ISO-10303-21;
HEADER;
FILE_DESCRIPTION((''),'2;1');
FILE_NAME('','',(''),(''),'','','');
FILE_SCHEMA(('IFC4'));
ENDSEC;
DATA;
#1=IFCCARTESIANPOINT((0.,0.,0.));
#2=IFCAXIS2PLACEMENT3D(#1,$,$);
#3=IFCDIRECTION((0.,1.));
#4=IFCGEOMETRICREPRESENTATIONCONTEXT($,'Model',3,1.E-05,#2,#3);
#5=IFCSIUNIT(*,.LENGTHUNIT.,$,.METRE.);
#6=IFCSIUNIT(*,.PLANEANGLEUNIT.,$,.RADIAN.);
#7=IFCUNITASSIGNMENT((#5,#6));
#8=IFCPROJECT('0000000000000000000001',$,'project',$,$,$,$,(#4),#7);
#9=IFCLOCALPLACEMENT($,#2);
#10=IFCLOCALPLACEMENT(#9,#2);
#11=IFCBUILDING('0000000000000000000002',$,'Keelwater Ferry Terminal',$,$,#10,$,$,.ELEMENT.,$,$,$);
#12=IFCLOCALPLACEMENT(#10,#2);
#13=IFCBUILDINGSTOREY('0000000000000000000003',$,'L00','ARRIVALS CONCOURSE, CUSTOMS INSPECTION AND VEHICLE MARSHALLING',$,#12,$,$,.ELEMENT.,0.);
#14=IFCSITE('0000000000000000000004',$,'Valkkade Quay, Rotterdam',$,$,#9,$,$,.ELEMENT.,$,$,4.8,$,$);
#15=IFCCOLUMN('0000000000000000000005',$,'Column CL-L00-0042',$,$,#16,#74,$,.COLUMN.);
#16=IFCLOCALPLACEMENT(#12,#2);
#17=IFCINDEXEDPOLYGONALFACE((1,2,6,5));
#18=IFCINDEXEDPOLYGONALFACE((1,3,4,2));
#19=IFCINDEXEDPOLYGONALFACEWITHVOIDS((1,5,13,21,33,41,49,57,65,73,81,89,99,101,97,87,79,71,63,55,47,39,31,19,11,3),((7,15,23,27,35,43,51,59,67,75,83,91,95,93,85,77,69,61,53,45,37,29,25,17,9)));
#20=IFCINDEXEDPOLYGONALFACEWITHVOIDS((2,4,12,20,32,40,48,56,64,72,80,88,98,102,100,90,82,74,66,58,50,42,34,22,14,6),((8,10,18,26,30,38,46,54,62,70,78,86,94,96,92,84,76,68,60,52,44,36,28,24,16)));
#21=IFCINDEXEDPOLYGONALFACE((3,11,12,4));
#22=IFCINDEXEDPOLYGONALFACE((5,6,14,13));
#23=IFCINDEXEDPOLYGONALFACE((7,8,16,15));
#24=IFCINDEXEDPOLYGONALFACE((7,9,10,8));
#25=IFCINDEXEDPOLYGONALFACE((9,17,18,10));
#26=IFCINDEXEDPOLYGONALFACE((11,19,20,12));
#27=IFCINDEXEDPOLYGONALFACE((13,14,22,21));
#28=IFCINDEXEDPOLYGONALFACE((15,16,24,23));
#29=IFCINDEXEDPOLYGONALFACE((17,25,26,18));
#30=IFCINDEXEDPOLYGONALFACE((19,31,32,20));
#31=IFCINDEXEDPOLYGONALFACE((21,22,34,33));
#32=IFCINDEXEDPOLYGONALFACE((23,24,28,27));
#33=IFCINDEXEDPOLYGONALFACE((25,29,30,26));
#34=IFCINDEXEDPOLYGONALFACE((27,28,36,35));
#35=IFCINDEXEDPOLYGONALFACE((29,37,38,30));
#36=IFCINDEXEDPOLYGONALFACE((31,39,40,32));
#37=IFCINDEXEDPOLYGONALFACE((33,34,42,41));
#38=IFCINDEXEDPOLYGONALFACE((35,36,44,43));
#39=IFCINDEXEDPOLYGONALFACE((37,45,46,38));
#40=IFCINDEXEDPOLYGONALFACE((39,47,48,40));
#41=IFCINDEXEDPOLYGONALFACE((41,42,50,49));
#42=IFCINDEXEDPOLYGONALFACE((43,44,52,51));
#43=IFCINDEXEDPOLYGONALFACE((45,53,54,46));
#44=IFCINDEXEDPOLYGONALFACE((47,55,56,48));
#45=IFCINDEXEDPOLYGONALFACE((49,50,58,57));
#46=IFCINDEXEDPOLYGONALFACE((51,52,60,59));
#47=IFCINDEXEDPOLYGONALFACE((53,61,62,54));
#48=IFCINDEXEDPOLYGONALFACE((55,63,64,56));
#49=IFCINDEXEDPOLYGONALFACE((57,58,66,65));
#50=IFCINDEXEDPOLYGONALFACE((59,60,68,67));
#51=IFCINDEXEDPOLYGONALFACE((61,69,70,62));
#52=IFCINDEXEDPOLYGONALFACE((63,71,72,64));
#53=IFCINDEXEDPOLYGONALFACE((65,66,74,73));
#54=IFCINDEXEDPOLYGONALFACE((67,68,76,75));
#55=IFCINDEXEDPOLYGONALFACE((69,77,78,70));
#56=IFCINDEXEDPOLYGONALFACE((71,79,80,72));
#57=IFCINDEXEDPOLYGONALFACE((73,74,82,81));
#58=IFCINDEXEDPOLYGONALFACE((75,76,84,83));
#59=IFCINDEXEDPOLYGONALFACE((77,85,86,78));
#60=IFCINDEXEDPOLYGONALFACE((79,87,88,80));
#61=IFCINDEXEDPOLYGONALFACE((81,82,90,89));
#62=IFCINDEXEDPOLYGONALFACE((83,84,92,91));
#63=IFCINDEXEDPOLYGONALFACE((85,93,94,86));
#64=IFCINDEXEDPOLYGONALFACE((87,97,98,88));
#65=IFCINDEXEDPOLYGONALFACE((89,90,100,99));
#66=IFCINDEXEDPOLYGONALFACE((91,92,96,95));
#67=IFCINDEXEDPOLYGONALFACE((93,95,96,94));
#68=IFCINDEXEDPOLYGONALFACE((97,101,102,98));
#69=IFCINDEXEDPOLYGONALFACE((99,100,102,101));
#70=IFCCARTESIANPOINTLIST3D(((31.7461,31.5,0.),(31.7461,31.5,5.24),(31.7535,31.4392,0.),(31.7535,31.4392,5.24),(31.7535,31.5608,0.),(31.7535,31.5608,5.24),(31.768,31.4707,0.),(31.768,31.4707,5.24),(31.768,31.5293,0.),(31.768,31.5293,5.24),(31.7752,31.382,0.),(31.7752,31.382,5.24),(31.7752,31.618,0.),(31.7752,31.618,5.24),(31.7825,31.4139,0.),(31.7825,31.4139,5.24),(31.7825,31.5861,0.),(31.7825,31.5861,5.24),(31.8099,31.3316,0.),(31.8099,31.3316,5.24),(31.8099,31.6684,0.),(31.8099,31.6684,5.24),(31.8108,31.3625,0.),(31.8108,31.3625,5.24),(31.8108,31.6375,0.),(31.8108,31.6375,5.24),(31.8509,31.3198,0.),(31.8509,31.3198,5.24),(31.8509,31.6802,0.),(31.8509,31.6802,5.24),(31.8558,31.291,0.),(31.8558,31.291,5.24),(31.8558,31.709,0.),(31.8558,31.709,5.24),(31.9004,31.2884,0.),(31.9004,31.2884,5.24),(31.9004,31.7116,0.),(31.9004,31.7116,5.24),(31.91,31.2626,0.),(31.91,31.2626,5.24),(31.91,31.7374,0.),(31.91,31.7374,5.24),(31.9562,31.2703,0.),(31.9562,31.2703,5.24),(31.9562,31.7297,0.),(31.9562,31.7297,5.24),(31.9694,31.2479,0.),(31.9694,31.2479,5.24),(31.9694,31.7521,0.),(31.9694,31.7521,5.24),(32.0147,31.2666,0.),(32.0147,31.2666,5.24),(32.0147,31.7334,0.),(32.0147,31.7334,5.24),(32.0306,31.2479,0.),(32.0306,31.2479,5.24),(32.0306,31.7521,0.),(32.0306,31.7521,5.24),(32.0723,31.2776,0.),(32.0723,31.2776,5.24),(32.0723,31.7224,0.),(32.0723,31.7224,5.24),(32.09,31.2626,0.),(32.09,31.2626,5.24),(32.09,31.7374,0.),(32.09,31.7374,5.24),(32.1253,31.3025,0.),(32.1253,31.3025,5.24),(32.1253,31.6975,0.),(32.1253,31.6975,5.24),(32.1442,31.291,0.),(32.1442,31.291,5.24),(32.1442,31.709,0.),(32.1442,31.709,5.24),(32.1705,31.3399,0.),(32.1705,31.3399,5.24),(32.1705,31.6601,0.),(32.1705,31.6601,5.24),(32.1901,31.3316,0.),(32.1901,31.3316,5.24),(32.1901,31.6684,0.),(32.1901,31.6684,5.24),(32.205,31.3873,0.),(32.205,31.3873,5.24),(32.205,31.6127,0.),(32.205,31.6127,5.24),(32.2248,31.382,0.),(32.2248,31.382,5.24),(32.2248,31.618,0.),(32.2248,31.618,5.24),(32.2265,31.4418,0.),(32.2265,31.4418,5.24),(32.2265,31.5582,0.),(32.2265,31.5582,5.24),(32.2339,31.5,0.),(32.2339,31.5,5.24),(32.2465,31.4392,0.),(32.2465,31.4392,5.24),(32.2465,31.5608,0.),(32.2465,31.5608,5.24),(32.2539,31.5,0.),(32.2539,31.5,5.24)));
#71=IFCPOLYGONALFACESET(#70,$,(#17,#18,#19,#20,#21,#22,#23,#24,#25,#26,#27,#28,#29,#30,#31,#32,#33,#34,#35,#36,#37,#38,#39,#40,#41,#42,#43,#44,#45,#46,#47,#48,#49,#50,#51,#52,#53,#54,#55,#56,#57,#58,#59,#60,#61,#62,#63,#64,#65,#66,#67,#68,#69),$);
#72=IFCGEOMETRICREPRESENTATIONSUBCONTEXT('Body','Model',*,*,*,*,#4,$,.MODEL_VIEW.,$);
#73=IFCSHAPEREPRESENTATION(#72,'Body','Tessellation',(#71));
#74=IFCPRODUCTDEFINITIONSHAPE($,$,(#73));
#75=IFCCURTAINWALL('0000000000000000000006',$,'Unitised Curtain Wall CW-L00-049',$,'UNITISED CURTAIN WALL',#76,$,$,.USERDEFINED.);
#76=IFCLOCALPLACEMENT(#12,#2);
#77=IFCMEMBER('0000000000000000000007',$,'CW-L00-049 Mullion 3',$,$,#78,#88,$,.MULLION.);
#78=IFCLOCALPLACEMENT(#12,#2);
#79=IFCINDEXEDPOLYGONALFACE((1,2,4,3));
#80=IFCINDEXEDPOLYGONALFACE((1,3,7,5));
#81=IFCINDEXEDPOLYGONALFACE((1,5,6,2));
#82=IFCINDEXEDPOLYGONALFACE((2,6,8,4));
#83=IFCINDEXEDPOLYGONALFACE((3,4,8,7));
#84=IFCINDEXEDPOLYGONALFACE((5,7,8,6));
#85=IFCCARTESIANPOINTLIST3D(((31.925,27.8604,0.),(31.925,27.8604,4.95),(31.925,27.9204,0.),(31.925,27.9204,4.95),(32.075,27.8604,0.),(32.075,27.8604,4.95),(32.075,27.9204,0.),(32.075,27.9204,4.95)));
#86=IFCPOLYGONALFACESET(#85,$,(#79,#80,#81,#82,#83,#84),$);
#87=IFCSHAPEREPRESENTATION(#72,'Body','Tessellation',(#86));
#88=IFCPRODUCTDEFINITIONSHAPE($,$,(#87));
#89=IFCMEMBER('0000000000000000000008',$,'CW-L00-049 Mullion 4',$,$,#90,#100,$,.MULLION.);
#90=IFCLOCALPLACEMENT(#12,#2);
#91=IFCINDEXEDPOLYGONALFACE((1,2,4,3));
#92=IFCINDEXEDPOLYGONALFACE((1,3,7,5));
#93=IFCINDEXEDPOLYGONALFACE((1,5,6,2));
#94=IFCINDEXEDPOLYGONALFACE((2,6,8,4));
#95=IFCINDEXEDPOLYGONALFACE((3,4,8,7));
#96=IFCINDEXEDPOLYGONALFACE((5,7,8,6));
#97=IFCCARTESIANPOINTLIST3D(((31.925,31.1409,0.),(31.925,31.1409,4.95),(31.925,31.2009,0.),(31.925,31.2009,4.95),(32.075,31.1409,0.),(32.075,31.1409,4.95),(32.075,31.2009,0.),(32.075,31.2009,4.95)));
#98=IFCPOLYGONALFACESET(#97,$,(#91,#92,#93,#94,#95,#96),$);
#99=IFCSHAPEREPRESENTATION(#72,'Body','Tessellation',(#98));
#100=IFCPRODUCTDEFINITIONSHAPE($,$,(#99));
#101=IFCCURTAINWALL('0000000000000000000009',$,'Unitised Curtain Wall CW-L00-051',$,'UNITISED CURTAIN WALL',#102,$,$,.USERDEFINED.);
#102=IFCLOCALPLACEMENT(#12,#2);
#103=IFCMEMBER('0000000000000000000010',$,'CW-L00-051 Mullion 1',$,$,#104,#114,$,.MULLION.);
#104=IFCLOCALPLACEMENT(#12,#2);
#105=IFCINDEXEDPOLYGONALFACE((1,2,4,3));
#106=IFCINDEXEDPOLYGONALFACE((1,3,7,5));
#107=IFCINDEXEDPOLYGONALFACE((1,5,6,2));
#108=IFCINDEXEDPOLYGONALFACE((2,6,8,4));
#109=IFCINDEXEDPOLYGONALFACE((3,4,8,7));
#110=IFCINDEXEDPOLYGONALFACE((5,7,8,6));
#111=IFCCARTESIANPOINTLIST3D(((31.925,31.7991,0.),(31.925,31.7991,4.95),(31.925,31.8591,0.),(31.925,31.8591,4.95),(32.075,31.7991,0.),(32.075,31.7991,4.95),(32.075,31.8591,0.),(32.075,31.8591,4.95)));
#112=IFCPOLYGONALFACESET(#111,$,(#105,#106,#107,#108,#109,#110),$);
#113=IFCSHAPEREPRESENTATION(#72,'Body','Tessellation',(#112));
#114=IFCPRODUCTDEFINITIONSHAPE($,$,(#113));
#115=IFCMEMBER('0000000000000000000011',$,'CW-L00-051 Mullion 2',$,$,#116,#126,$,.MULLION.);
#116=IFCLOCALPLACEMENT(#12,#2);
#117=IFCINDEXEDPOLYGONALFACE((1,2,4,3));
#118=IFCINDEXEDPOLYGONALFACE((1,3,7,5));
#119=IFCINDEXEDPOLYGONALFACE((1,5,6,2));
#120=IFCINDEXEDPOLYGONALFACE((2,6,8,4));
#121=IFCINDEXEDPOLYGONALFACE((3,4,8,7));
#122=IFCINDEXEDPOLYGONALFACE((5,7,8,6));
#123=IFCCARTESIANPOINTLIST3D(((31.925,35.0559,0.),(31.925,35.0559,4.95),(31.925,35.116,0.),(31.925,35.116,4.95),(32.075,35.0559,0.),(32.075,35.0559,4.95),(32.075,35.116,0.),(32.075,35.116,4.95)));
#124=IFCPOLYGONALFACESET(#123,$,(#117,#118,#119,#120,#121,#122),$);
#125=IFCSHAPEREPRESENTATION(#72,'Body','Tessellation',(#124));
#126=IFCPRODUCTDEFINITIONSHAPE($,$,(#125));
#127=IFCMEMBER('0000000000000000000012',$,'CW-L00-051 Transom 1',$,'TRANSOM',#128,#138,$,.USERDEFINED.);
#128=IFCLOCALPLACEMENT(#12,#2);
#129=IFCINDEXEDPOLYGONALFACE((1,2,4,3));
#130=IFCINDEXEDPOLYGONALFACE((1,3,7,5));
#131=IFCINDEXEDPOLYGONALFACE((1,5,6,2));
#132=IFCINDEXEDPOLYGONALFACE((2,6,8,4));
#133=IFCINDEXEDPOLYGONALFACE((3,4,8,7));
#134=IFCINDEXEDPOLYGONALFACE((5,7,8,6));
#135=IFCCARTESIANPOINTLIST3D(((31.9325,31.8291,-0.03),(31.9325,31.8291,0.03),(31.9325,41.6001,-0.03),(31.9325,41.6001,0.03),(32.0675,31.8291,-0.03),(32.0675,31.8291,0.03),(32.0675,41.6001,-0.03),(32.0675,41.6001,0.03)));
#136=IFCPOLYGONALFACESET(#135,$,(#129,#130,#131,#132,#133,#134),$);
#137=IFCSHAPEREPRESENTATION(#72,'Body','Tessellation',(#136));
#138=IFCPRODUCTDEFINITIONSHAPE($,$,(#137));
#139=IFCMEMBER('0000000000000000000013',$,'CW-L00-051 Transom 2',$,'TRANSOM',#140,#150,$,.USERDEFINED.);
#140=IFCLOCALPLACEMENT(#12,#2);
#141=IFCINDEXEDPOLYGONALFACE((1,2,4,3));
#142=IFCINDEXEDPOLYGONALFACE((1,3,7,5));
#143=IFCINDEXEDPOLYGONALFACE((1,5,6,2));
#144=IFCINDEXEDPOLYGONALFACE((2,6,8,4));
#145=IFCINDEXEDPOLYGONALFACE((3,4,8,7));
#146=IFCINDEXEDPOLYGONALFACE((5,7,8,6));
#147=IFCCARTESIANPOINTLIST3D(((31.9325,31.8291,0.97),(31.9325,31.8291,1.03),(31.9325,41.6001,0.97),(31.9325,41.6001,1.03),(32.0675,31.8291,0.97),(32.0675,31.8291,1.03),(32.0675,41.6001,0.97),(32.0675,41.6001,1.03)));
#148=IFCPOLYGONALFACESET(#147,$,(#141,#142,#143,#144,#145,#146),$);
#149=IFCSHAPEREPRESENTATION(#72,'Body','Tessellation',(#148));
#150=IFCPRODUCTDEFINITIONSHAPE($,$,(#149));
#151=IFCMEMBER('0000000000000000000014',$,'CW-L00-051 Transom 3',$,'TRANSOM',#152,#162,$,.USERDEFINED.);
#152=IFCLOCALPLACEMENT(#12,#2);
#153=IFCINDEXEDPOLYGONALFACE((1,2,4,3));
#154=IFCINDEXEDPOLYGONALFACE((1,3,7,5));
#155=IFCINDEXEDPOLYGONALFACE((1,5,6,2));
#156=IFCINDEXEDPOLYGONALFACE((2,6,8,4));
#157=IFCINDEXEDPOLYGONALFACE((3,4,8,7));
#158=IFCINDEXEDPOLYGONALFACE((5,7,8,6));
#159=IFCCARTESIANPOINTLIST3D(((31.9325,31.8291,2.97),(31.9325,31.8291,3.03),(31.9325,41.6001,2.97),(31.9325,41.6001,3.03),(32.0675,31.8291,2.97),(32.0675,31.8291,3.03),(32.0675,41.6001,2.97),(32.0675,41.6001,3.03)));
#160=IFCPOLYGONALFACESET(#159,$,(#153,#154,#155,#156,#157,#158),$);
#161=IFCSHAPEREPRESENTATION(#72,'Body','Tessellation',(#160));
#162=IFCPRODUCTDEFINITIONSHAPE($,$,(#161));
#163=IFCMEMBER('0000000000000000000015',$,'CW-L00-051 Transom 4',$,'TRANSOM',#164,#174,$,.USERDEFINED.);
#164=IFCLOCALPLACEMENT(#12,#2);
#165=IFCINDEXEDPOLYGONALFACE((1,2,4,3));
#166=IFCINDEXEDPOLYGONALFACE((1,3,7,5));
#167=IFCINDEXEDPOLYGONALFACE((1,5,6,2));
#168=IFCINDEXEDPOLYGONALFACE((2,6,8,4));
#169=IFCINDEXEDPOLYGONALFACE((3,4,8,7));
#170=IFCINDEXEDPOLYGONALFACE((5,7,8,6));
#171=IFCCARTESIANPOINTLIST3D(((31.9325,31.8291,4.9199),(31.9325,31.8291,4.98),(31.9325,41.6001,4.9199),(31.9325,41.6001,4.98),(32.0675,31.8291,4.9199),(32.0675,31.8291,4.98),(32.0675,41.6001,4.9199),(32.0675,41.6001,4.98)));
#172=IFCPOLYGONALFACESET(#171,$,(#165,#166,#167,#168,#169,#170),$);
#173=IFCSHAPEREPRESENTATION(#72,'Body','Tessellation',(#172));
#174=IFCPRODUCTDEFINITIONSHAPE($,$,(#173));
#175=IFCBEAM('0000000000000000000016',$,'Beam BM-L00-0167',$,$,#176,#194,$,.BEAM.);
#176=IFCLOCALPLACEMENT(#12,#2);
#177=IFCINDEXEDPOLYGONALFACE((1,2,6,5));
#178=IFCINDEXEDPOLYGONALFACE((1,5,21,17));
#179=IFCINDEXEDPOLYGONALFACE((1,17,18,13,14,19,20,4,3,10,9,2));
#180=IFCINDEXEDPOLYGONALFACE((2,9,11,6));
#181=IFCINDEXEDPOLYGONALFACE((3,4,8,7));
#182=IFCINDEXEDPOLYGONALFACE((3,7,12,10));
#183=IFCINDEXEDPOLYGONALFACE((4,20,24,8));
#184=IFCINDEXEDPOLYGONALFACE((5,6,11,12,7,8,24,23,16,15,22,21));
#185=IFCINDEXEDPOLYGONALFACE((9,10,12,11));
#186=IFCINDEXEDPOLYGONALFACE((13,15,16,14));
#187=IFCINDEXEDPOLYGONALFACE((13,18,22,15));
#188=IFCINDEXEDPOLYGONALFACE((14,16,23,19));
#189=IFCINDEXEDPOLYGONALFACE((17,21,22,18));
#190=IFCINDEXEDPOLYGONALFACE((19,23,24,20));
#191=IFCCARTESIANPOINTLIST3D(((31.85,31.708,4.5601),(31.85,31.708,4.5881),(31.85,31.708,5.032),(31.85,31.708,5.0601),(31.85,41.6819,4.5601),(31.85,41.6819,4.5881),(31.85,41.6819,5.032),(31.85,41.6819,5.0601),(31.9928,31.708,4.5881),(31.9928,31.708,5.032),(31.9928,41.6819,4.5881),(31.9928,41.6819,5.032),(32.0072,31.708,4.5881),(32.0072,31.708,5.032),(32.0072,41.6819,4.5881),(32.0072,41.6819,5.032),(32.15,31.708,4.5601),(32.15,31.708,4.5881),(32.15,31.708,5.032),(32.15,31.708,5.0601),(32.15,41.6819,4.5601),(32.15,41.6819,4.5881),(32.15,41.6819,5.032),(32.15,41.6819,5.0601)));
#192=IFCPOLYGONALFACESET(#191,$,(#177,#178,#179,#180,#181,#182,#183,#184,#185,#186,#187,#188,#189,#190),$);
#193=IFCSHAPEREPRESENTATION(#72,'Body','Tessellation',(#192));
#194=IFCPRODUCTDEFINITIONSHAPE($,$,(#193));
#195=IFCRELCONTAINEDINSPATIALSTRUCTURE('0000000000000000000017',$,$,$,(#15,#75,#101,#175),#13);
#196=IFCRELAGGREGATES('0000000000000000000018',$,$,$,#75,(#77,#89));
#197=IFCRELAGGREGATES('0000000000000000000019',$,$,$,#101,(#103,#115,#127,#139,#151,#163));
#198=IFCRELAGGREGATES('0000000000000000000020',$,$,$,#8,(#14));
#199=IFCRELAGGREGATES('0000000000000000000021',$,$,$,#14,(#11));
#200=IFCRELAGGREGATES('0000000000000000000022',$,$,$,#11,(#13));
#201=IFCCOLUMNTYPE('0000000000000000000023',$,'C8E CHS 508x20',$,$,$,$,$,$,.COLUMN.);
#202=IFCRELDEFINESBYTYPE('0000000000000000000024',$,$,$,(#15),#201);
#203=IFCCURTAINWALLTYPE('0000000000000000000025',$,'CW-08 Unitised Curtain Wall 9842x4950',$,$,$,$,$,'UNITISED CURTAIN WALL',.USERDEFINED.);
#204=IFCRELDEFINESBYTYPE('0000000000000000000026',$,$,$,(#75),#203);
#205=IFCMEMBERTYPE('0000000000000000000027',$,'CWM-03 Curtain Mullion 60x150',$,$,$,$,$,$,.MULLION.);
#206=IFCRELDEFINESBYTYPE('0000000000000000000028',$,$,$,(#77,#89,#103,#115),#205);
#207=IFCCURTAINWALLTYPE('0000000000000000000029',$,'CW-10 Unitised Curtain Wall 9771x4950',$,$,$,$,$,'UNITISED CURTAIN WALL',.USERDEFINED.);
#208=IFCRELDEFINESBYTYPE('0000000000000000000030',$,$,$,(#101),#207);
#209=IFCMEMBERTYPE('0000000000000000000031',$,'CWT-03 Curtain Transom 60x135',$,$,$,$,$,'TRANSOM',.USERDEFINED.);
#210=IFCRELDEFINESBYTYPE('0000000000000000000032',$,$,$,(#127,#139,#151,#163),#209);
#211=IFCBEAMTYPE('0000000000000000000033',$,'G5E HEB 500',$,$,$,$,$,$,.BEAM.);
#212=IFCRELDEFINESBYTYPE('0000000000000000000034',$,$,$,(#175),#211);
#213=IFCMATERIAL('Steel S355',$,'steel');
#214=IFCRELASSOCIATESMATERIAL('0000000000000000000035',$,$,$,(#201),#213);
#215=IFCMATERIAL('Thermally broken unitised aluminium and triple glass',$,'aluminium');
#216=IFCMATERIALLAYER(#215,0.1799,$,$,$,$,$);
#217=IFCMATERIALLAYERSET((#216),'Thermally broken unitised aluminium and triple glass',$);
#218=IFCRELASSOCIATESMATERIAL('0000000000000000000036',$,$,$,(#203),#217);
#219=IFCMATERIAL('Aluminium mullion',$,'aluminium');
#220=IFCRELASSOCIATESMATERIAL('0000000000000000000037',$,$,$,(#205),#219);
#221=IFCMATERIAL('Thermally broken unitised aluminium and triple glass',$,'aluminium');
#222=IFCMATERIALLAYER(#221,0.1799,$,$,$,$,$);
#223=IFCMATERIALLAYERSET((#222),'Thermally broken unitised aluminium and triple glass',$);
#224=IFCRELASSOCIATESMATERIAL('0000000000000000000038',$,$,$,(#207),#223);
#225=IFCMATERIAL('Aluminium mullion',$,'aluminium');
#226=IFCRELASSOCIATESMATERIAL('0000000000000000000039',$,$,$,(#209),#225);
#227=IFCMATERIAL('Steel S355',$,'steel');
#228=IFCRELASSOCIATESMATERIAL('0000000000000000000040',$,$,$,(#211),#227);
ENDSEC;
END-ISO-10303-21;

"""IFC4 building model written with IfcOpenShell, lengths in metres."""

from ifc_helpers import new_model, si_unit, direction, frame, origin, origin_2d, place, context, subcontext, project, spatial, rectangle, hollow_circle, i_section, extrude, material, layer, layer_set, material_profile, profile_set, type_object, element, aggregate, save


model = new_model("IFC4")

# Units and contexts
model_context = context("Model", 3, precision=1e-05, world=origin(), true_north=direction((0.0, 1.0)))
body_context = subcontext(model_context, "Body", "Model", "MODEL_VIEW")
ifc_project = project(units=[si_unit("LENGTHUNIT", "METRE"), si_unit("PLANEANGLEUNIT", "RADIAN")], contexts=[model_context])

# Site, building, storey
site_placement = place(None, origin())
site = spatial("IfcSite", under=ifc_project, at=site_placement, Name="Valkkade Quay, Rotterdam", CompositionType="ELEMENT", RefElevation=4.8)
building_placement = place(site_placement, origin())
building = spatial("IfcBuilding", under=site, at=building_placement, Name="Keelwater Ferry Terminal", CompositionType="ELEMENT")
storey_placement = place(building_placement, origin())
storey = spatial("IfcBuildingStorey", under=building, at=storey_placement, Name="L00", Description="ARRIVALS CONCOURSE, CUSTOMS INSPECTION AND VEHICLE MARSHALLING", CompositionType="ELEMENT", Elevation=0.0)

# Column
ifc_material_1 = material(Name="Steel S355", Category="steel")
ifc_material_profile_1 = material_profile(ifc_material_1, hollow_circle(Radius=0.2539, WallThickness=0.02, at=origin_2d()), Name="CHS 508x20")
ifc_profile_set_1 = profile_set([ifc_material_profile_1], Name="Steel S355")
column_type = type_object("IfcColumnType", Name="C8E CHS 508x20", PredefinedType="COLUMN", material=ifc_profile_set_1)
column_placement = place(storey_placement, frame((32.0, 31.5, 0.0), z_axis=(0.0, 0.0, 1.0), x_axis=(1.0, 0.0, 0.0)))
element("IfcColumn", 1, at=column_placement, inside=storey, type_object=column_type, Name="Column CL-L00-0042", PredefinedType="COLUMN", context=body_context, shape_type="SweptSolid", body=[
    extrude(hollow_circle(Radius=0.2539, WallThickness=0.02, at=origin_2d()), origin(), (0.0, 0.0, 1.0), 5.24),
])

# Curtain walls, members
ifc_material_2 = material(Name="Thermally broken unitised aluminium and triple glass", Category="aluminium")
ifc_layer_1 = layer(ifc_material_2, 0.1799)
ifc_layer_set_1 = layer_set([ifc_layer_1], Name="Thermally broken unitised aluminium and triple glass")
curtain_wall_type_1 = type_object("IfcCurtainWallType", Name="CW-08 Unitised Curtain Wall 9842x4950", ElementType="UNITISED CURTAIN WALL", PredefinedType="USERDEFINED", material=ifc_layer_set_1)
curtain_wall_1_placement = place(storey_placement, origin())
curtain_wall_1 = element("IfcCurtainWall", 2, at=curtain_wall_1_placement, inside=storey, type_object=curtain_wall_type_1, Name="Unitised Curtain Wall CW-L00-049", ObjectType="UNITISED CURTAIN WALL", PredefinedType="USERDEFINED")
ifc_material_3 = material(Name="Aluminium mullion", Category="aluminium")
ifc_material_profile_2 = material_profile(ifc_material_3, rectangle(XDim=0.0601, YDim=0.1499, at=origin_2d()), Name="CWM-03")
ifc_profile_set_2 = profile_set([ifc_material_profile_2], Name="Aluminium mullion")
member_type_1 = type_object("IfcMemberType", Name="CWM-03 Curtain Mullion 60x150", PredefinedType="MULLION", material=ifc_profile_set_2)
member_1_placement = place(storey_placement, frame((32.0, 27.8904, 0.0), z_axis=(0.0, 0.0, 1.0), x_axis=(0.0, 1.0, 0.0)))
member_1 = element("IfcMember", 3, at=member_1_placement, type_object=member_type_1, Name="CW-L00-049 Mullion 3", PredefinedType="MULLION", context=body_context, shape_type="SweptSolid", body=[
    extrude(rectangle(XDim=0.0601, YDim=0.1499, at=origin_2d()), origin(), (0.0, 0.0, 1.0), 4.95),
])
member_2_placement = place(storey_placement, frame((32.0, 31.1709, 0.0), z_axis=(0.0, 0.0, 1.0), x_axis=(0.0, 1.0, 0.0)))
member_2 = element("IfcMember", 4, at=member_2_placement, type_object=member_type_1, Name="CW-L00-049 Mullion 4", PredefinedType="MULLION", context=body_context, shape_type="SweptSolid", body=[
    extrude(rectangle(XDim=0.0601, YDim=0.1499, at=origin_2d()), origin(), (0.0, 0.0, 1.0), 4.95),
])
ifc_material_4 = material(Name="Thermally broken unitised aluminium and triple glass", Category="aluminium")
ifc_layer_2 = layer(ifc_material_4, 0.1799)
ifc_layer_set_2 = layer_set([ifc_layer_2], Name="Thermally broken unitised aluminium and triple glass")
curtain_wall_type_2 = type_object("IfcCurtainWallType", Name="CW-10 Unitised Curtain Wall 9771x4950", ElementType="UNITISED CURTAIN WALL", PredefinedType="USERDEFINED", material=ifc_layer_set_2)
curtain_wall_2_placement = place(storey_placement, origin())
curtain_wall_2 = element("IfcCurtainWall", 5, at=curtain_wall_2_placement, inside=storey, type_object=curtain_wall_type_2, Name="Unitised Curtain Wall CW-L00-051", ObjectType="UNITISED CURTAIN WALL", PredefinedType="USERDEFINED")
member_3_placement = place(storey_placement, frame((32.0, 31.8291, 0.0), z_axis=(0.0, 0.0, 1.0), x_axis=(0.0, 1.0, 0.0)))
member_3 = element("IfcMember", 6, at=member_3_placement, type_object=member_type_1, Name="CW-L00-051 Mullion 1", PredefinedType="MULLION", context=body_context, shape_type="SweptSolid", body=[
    extrude(rectangle(XDim=0.0601, YDim=0.1499, at=origin_2d()), origin(), (0.0, 0.0, 1.0), 4.95),
])
member_4_placement = place(storey_placement, frame((32.0, 35.0859, 0.0), z_axis=(0.0, 0.0, 1.0), x_axis=(0.0, 1.0, 0.0)))
member_4 = element("IfcMember", 7, at=member_4_placement, type_object=member_type_1, Name="CW-L00-051 Mullion 2", PredefinedType="MULLION", context=body_context, shape_type="SweptSolid", body=[
    extrude(rectangle(XDim=0.0601, YDim=0.1499, at=origin_2d()), origin(), (0.0, 0.0, 1.0), 4.95),
])
ifc_material_5 = material(Name="Aluminium mullion", Category="aluminium")
ifc_material_profile_3 = material_profile(ifc_material_5, rectangle(XDim=0.135, YDim=0.0601, at=origin_2d()), Name="CWT-03")
ifc_profile_set_3 = profile_set([ifc_material_profile_3], Name="Aluminium mullion")
member_type_2 = type_object("IfcMemberType", Name="CWT-03 Curtain Transom 60x135", ElementType="TRANSOM", PredefinedType="USERDEFINED", material=ifc_profile_set_3)
member_5_placement = place(storey_placement, frame((32.0, 31.8291, 0.0), z_axis=(0.0, 1.0, 0.0), x_axis=(-1.0, 0.0, 0.0)))
member_5 = element("IfcMember", 8, at=member_5_placement, type_object=member_type_2, Name="CW-L00-051 Transom 1", ObjectType="TRANSOM", PredefinedType="USERDEFINED", context=body_context, shape_type="SweptSolid", body=[
    extrude(rectangle(XDim=0.135, YDim=0.0601, at=origin_2d()), origin(), (0.0, 0.0, 1.0), 9.771),
])
member_6_placement = place(storey_placement, frame((32.0, 31.8291, 1.0), z_axis=(0.0, 1.0, 0.0), x_axis=(-1.0, 0.0, 0.0)))
member_6 = element("IfcMember", 9, at=member_6_placement, type_object=member_type_2, Name="CW-L00-051 Transom 2", ObjectType="TRANSOM", PredefinedType="USERDEFINED", context=body_context, shape_type="SweptSolid", body=[
    extrude(rectangle(XDim=0.135, YDim=0.0601, at=origin_2d()), origin(), (0.0, 0.0, 1.0), 9.771),
])
member_7_placement = place(storey_placement, frame((32.0, 31.8291, 3.0), z_axis=(0.0, 1.0, 0.0), x_axis=(-1.0, 0.0, 0.0)))
member_7 = element("IfcMember", 10, at=member_7_placement, type_object=member_type_2, Name="CW-L00-051 Transom 3", ObjectType="TRANSOM", PredefinedType="USERDEFINED", context=body_context, shape_type="SweptSolid", body=[
    extrude(rectangle(XDim=0.135, YDim=0.0601, at=origin_2d()), origin(), (0.0, 0.0, 1.0), 9.771),
])
member_8_placement = place(storey_placement, frame((32.0, 31.8291, 4.95), z_axis=(0.0, 1.0, 0.0), x_axis=(-1.0, 0.0, 0.0)))
member_8 = element("IfcMember", 11, at=member_8_placement, type_object=member_type_2, Name="CW-L00-051 Transom 4", ObjectType="TRANSOM", PredefinedType="USERDEFINED", context=body_context, shape_type="SweptSolid", body=[
    extrude(rectangle(XDim=0.135, YDim=0.0601, at=origin_2d()), origin(), (0.0, 0.0, 1.0), 9.771),
])

# Beam
ifc_material_6 = material(Name="Steel S355", Category="steel")
ifc_material_profile_4 = material_profile(ifc_material_6, i_section(OverallWidth=0.3, OverallDepth=0.5, WebThickness=0.0144, FlangeThickness=0.0281, at=origin_2d()), Name="HEB 500")
ifc_profile_set_4 = profile_set([ifc_material_profile_4], Name="Steel S355")
beam_type_1 = type_object("IfcBeamType", Name="G5E HEB 500", PredefinedType="BEAM", material=ifc_profile_set_4)
beam_1_placement = place(storey_placement, frame((32.0, 31.708, 4.8101), z_axis=(0.0, 1.0, 0.0), x_axis=(-1.0, 0.0, 0.0)))
element("IfcBeam", 12, at=beam_1_placement, inside=storey, type_object=beam_type_1, Name="Beam BM-L00-0167", PredefinedType="BEAM", context=body_context, shape_type="SweptSolid", body=[
    extrude(i_section(OverallWidth=0.3, OverallDepth=0.5, WebThickness=0.0144, FlangeThickness=0.0281, at=origin_2d()), origin(), (0.0, 0.0, 1.0), 9.9739),
])

aggregate(curtain_wall_1, [member_1, member_2])
aggregate(curtain_wall_2, [member_3, member_4, member_5, member_6, member_7, member_8])

save(model, "model.ifc")
